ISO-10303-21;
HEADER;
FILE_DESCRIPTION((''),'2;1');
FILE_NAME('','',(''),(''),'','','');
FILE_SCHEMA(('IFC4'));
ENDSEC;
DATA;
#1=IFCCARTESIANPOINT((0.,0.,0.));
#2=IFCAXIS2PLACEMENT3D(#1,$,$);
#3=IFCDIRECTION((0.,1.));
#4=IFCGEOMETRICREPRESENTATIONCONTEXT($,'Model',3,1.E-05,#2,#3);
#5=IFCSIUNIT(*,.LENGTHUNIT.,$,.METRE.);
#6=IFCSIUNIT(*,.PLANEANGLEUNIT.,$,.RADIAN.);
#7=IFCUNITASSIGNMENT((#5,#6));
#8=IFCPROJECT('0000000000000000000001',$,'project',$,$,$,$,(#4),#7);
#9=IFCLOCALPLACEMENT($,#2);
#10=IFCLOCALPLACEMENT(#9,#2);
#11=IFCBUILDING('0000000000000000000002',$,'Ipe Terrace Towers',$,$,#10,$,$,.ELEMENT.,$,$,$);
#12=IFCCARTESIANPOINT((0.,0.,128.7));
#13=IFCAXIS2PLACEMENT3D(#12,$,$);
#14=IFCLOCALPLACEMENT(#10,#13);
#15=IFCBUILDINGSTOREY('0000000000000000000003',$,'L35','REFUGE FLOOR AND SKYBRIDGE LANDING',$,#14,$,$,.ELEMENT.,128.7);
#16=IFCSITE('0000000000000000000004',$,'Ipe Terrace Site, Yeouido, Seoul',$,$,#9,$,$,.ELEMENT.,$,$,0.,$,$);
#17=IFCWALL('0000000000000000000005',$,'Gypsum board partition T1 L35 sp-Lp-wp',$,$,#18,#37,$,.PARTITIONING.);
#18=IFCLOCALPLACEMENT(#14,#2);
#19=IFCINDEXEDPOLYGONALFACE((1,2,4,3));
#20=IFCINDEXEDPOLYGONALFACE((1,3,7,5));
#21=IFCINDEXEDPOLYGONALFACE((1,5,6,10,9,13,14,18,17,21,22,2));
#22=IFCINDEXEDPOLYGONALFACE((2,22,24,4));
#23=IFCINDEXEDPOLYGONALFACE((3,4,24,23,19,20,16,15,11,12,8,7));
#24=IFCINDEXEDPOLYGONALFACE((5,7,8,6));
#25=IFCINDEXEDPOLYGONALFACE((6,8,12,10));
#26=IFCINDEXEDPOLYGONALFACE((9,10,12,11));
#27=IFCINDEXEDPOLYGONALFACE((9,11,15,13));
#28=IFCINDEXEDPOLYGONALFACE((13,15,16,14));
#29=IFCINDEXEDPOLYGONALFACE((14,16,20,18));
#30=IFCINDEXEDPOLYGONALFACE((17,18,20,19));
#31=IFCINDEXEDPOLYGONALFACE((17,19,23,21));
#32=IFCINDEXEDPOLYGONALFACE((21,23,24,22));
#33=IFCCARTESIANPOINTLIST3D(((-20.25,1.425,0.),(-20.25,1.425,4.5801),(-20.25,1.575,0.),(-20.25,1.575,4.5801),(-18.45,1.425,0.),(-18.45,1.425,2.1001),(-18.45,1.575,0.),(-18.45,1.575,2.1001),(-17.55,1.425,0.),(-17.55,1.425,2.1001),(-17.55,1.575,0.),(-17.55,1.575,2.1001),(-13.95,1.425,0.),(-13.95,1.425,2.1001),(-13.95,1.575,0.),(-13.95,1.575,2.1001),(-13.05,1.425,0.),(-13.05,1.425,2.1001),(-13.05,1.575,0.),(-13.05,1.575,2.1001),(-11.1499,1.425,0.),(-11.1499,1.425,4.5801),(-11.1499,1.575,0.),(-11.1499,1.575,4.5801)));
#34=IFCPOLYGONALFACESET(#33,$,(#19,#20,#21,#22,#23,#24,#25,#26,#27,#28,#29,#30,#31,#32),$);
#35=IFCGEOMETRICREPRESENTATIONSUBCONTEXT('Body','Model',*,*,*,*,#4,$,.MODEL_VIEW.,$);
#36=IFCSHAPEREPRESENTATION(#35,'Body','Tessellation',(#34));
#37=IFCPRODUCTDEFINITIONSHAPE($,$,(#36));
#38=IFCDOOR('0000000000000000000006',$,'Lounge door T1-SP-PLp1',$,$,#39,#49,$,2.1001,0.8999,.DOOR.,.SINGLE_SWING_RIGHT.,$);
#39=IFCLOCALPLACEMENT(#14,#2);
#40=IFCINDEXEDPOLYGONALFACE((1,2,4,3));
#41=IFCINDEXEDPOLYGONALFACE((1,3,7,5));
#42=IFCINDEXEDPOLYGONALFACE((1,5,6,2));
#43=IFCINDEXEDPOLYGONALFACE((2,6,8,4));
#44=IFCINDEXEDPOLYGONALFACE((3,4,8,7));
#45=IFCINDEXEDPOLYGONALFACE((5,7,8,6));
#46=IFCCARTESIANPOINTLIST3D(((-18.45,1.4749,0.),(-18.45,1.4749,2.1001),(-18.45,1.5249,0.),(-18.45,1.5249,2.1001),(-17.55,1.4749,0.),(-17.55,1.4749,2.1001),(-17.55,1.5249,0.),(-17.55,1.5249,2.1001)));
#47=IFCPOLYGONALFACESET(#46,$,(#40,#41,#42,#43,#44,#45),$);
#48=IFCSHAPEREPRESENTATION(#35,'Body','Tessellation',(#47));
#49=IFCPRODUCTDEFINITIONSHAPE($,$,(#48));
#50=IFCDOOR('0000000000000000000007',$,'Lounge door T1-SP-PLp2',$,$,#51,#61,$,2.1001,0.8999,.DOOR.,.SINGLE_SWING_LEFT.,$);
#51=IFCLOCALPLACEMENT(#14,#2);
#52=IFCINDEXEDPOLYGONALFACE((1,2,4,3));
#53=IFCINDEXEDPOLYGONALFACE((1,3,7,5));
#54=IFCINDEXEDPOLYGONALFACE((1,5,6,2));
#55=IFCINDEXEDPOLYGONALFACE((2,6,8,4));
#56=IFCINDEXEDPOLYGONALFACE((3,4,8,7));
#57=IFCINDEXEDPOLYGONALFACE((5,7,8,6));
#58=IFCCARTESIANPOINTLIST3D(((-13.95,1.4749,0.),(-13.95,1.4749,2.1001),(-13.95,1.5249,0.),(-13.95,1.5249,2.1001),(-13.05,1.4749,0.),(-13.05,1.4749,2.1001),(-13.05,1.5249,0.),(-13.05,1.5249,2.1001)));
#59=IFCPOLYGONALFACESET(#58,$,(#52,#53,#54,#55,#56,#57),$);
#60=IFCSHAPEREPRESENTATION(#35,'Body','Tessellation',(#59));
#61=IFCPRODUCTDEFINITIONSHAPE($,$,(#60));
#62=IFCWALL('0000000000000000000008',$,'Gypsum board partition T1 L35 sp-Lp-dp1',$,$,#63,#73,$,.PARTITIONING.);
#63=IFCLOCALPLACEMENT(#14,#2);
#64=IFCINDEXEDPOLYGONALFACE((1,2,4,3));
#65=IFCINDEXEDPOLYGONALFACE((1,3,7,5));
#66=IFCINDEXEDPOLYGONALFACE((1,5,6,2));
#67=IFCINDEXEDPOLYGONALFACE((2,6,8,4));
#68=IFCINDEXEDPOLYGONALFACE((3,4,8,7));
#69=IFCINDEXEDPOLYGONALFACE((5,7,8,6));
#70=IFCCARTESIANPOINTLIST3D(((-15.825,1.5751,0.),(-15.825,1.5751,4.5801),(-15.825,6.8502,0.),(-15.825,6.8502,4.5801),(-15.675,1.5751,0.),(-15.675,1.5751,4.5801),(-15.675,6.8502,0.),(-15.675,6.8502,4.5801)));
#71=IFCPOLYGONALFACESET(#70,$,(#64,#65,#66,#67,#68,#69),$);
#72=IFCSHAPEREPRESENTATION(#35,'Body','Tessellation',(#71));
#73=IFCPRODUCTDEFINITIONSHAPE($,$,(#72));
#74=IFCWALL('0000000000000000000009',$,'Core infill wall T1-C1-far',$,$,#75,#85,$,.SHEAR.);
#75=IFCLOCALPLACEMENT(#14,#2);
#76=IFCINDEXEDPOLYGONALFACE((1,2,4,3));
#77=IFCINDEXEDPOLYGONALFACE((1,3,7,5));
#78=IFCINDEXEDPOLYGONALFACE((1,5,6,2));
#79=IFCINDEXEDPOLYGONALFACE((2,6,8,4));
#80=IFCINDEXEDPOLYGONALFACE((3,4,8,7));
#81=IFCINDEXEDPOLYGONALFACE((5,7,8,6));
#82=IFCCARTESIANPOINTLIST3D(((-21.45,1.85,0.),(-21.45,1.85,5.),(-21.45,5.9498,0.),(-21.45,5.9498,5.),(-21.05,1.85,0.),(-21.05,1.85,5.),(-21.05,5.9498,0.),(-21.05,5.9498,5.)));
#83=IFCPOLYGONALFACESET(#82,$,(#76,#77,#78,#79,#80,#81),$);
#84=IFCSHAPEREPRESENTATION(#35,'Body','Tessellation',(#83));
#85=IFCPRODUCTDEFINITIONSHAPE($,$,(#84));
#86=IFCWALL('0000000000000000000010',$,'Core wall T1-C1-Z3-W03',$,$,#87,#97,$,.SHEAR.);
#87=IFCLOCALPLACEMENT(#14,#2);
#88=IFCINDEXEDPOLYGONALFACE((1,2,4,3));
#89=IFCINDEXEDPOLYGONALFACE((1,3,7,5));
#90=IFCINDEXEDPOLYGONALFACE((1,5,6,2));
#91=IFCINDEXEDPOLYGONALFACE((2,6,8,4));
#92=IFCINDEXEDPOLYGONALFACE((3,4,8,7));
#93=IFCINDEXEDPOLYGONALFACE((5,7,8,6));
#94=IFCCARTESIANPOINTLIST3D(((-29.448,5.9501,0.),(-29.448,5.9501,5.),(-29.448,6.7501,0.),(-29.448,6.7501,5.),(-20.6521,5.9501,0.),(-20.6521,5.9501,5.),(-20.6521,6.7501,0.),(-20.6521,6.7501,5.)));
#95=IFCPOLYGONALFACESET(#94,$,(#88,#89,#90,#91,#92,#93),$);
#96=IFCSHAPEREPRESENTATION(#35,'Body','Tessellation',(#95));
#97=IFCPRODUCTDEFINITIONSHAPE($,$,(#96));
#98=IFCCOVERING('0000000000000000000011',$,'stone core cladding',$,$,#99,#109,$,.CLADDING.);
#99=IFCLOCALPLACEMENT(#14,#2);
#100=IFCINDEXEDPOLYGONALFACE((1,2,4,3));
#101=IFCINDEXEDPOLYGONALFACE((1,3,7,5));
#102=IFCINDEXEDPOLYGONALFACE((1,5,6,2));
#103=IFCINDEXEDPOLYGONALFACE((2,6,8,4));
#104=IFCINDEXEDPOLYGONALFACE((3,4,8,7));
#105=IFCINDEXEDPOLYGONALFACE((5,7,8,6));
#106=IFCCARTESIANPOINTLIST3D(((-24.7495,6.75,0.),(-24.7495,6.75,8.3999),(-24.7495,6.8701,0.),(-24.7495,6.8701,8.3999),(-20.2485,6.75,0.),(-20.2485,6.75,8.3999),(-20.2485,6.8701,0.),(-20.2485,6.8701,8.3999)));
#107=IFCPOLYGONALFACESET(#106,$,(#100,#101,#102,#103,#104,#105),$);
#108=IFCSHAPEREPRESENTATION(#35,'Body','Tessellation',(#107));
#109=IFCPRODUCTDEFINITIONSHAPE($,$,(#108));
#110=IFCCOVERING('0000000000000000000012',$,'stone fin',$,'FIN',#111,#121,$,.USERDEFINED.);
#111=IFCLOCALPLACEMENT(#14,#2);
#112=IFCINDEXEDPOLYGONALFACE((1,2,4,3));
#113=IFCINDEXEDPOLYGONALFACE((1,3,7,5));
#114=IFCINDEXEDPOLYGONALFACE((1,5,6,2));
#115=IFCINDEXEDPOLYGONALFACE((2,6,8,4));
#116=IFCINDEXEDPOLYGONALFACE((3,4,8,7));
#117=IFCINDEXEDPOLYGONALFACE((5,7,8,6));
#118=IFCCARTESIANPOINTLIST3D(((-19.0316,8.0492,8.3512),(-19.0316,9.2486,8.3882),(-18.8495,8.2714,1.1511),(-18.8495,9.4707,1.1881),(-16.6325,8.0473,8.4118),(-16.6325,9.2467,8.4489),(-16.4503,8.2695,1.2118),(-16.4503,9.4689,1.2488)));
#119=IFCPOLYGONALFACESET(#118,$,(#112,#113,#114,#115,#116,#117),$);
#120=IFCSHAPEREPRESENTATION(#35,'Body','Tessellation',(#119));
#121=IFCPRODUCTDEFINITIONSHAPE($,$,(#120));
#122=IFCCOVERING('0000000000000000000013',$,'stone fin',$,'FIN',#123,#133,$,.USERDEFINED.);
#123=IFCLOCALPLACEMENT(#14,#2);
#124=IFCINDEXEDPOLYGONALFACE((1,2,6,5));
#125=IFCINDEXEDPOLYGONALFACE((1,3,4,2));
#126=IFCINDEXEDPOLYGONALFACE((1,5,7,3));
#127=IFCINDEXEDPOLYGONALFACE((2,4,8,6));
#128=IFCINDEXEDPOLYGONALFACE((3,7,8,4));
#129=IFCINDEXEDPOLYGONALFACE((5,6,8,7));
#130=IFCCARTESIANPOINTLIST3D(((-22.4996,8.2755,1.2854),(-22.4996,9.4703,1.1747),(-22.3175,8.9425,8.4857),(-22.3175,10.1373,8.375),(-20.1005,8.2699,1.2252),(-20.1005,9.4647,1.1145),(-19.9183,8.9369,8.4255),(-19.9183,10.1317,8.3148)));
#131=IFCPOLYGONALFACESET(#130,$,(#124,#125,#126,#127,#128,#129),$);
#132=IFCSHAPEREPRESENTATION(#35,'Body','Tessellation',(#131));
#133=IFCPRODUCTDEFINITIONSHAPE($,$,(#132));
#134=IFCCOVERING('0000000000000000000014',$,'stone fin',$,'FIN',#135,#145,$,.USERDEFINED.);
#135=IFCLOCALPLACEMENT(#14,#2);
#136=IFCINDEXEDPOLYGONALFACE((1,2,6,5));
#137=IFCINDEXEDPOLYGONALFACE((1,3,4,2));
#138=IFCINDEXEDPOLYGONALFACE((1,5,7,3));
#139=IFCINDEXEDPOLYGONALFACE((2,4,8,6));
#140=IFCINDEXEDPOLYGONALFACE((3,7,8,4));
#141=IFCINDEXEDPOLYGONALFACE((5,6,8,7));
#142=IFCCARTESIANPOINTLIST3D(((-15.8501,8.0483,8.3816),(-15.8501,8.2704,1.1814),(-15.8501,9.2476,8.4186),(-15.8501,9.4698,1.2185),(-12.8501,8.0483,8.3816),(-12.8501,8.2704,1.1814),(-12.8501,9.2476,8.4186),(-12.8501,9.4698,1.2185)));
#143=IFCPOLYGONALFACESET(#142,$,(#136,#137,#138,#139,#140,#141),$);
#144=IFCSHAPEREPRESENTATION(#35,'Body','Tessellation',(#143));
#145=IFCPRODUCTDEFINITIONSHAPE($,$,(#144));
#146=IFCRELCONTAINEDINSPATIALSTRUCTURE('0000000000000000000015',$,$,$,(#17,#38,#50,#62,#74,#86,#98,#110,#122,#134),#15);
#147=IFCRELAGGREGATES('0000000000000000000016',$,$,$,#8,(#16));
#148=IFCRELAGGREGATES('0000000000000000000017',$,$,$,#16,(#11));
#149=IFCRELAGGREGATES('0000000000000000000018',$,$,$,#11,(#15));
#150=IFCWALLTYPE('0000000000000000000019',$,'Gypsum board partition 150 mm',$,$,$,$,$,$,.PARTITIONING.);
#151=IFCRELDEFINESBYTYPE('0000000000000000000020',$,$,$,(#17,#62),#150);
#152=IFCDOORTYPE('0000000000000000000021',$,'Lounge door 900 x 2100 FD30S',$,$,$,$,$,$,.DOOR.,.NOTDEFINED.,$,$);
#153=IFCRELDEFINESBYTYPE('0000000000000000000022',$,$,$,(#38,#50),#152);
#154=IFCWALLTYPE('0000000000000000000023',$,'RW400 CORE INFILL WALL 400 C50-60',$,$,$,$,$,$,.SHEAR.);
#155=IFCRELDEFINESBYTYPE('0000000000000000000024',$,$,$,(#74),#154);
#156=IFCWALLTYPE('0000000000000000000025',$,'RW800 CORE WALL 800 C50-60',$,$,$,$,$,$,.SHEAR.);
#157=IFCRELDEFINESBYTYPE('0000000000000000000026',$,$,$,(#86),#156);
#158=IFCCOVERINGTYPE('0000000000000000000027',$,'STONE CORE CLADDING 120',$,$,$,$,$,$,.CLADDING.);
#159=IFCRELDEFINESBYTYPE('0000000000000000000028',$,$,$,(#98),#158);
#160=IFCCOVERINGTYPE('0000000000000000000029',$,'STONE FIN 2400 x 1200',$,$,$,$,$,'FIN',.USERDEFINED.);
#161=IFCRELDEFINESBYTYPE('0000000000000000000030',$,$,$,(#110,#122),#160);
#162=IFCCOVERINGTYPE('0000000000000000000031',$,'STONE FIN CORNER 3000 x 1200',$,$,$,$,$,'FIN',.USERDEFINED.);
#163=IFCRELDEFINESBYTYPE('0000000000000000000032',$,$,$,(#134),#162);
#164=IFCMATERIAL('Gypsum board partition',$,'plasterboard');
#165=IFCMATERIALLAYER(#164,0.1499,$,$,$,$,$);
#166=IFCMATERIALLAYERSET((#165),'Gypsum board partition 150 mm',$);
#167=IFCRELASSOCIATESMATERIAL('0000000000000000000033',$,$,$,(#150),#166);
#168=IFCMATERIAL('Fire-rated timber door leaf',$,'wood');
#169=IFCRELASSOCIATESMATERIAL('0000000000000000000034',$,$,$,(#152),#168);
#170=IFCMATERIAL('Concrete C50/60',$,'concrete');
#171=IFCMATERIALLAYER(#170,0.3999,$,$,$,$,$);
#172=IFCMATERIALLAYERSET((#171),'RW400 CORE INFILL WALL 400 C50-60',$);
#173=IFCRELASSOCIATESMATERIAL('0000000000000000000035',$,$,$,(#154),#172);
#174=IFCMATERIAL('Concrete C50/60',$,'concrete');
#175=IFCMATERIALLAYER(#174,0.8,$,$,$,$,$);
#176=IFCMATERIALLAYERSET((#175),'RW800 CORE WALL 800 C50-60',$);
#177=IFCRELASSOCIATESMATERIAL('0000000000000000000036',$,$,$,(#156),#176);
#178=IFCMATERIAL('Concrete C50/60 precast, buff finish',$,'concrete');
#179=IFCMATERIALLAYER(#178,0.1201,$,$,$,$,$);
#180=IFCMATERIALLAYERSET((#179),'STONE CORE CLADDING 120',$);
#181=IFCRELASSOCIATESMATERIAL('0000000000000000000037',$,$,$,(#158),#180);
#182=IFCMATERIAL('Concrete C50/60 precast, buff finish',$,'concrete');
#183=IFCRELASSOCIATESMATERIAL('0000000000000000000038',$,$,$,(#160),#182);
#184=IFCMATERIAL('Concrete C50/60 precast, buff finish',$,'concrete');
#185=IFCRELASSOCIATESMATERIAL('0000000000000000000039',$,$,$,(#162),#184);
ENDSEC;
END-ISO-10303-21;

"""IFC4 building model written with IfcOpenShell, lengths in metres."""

from ifc_helpers import new_model, si_unit, direction, frame, frame_2d, origin, origin_2d, place, context, subcontext, project, spatial, rectangle, extrude, material, layer, layer_set, material_profile, profile_set, type_object, element, fill, save


model = new_model("IFC4")

# Units and contexts
model_context = context("Model", 3, precision=1e-05, world=origin(), true_north=direction((0.0, 1.0)))
body_context = subcontext(model_context, "Body", "Model", "MODEL_VIEW")
ifc_project = project(units=[si_unit("LENGTHUNIT", "METRE"), si_unit("PLANEANGLEUNIT", "RADIAN")], contexts=[model_context])

# Site, building, storey
site_placement = place(None, origin())
site = spatial("IfcSite", under=ifc_project, at=site_placement, Name="Ipe Terrace Site, Yeouido, Seoul", CompositionType="ELEMENT", RefElevation=0.0)
building_placement = place(site_placement, origin())
building = spatial("IfcBuilding", under=site, at=building_placement, Name="Ipe Terrace Towers", CompositionType="ELEMENT")
storey_placement = place(building_placement, frame((0.0, 0.0, 128.7)))
storey = spatial("IfcBuildingStorey", under=building, at=storey_placement, Name="L35", Description="REFUGE FLOOR AND SKYBRIDGE LANDING", CompositionType="ELEMENT", Elevation=128.7)

# Wall, openings, doors
ifc_material_1 = material(Name="Gypsum board partition", Category="plasterboard")
ifc_layer_1 = layer(ifc_material_1, 0.1499)
ifc_layer_set_1 = layer_set([ifc_layer_1], Name="Gypsum board partition 150 mm")
wall_type_1 = type_object("IfcWallType", Name="Gypsum board partition 150 mm", PredefinedType="PARTITIONING", material=ifc_layer_set_1)
wall_1_placement = place(storey_placement, frame((-20.25, 1.5, 0.0), z_axis=(0.0, 0.0, 1.0), x_axis=(1.0, 0.0, 0.0)))
wall_1 = element("IfcWall", 1, at=wall_1_placement, inside=storey, type_object=wall_type_1, Name="Gypsum board partition T1 L35 sp-Lp-wp", PredefinedType="PARTITIONING", context=body_context, shape_type="SweptSolid", body=[
    extrude(rectangle(XDim=9.1001, YDim=0.1499, at=frame_2d((4.55, 0.0))), origin(), (0.0, 0.0, 1.0), 4.5801),
])
opening_1_placement = place(wall_1_placement, frame((1.8, 0.0, 0.0)))
opening_1 = element("IfcOpeningElement", 2, at=opening_1_placement, cuts=wall_1, PredefinedType="OPENING", context=body_context, shape_type="SweptSolid", body=[
    extrude(rectangle(XDim=0.8999, YDim=2.1001, at=frame_2d((0.45, 1.05))), frame((0.0, 0.085, 0.0), z_axis=(0.0, -1.0, 0.0), x_axis=(1.0, 0.0, 0.0)), (0.0, 0.0, 1.0), 0.1699),
])
opening_2_placement = place(wall_1_placement, frame((6.3, 0.0, 0.0)))
opening_2 = element("IfcOpeningElement", 3, at=opening_2_placement, cuts=wall_1, PredefinedType="OPENING", context=body_context, shape_type="SweptSolid", body=[
    extrude(rectangle(XDim=0.8999, YDim=2.1001, at=frame_2d((0.45, 1.05))), frame((0.0, 0.085, 0.0), z_axis=(0.0, -1.0, 0.0), x_axis=(1.0, 0.0, 0.0)), (0.0, 0.0, 1.0), 0.1699),
])
ifc_material_2 = material(Name="Fire-rated timber door leaf", Category="wood")
door_type = type_object("IfcDoorType", Name="Lounge door 900 x 2100 FD30S", OperationType="NOTDEFINED", PredefinedType="DOOR", material=ifc_material_2)
door_1_placement = place(opening_1_placement, origin())
door_1 = element("IfcDoor", 4, at=door_1_placement, inside=storey, type_object=door_type, Name="Lounge door T1-SP-PLp1", OperationType="SINGLE_SWING_RIGHT", OverallHeight=2.1001, OverallWidth=0.8999, PredefinedType="DOOR", context=body_context, shape_type="SweptSolid", body=[
    extrude(rectangle(XDim=0.8999, YDim=2.1001, at=frame_2d((0.45, 1.05))), frame((0.0, 0.0249, 0.0), z_axis=(0.0, -1.0, 0.0), x_axis=(1.0, 0.0, 0.0)), (0.0, 0.0, 1.0), 0.05),
])
fill(opening_1, door_1)
door_2_placement = place(opening_2_placement, origin())
door_2 = element("IfcDoor", 5, at=door_2_placement, inside=storey, type_object=door_type, Name="Lounge door T1-SP-PLp2", OperationType="SINGLE_SWING_LEFT", OverallHeight=2.1001, OverallWidth=0.8999, PredefinedType="DOOR", context=body_context, shape_type="SweptSolid", body=[
    extrude(rectangle(XDim=0.8999, YDim=2.1001, at=frame_2d((0.45, 1.05))), frame((0.0, 0.0249, 0.0), z_axis=(0.0, -1.0, 0.0), x_axis=(1.0, 0.0, 0.0)), (0.0, 0.0, 1.0), 0.05),
])
fill(opening_2, door_2)

# Walls
wall_2_placement = place(storey_placement, frame((-15.75, 1.575, 0.0), z_axis=(0.0, 0.0, 1.0), x_axis=(0.0, 1.0, 0.0)))
element("IfcWall", 6, at=wall_2_placement, inside=storey, type_object=wall_type_1, Name="Gypsum board partition T1 L35 sp-Lp-dp1", PredefinedType="PARTITIONING", context=body_context, shape_type="SweptSolid", body=[
    extrude(rectangle(XDim=5.2751, YDim=0.1499, at=frame_2d((2.6377, 0.0))), origin(), (0.0, 0.0, 1.0), 4.5801),
])
ifc_material_3 = material(Name="Concrete C50/60", Category="concrete")
ifc_layer_2 = layer(ifc_material_3, 0.3999)
ifc_layer_set_2 = layer_set([ifc_layer_2], Name="RW400 CORE INFILL WALL 400 C50-60")
wall_type_2 = type_object("IfcWallType", Name="RW400 CORE INFILL WALL 400 C50-60", PredefinedType="SHEAR", material=ifc_layer_set_2)
wall_3_placement = place(storey_placement, frame((-21.25, 1.8501, 0.0), z_axis=(0.0, 0.0, 1.0), x_axis=(0.0, 1.0, 0.0)))
element("IfcWall", 7, at=wall_3_placement, inside=storey, type_object=wall_type_2, Name="Core infill wall T1-C1-far", PredefinedType="SHEAR", context=body_context, shape_type="SweptSolid", body=[
    extrude(rectangle(XDim=4.0999, YDim=0.3999, at=frame_2d((2.0498, 0.0))), origin(), (0.0, 0.0, 1.0), 5.0),
])
ifc_material_4 = material(Name="Concrete C50/60", Category="concrete")
ifc_layer_3 = layer(ifc_material_4, 0.8)
ifc_layer_set_3 = layer_set([ifc_layer_3], Name="RW800 CORE WALL 800 C50-60")
wall_type_3 = type_object("IfcWallType", Name="RW800 CORE WALL 800 C50-60", PredefinedType="SHEAR", material=ifc_layer_set_3)
wall_4_placement = place(storey_placement, frame((-20.6521, 6.3501, 0.0), z_axis=(0.0, 0.0, 1.0), x_axis=(-1.0, 0.0, 0.0)))
element("IfcWall", 8, at=wall_4_placement, inside=storey, type_object=wall_type_3, Name="Core wall T1-C1-Z3-W03", PredefinedType="SHEAR", context=body_context, shape_type="SweptSolid", body=[
    extrude(rectangle(XDim=8.7959, YDim=0.8, at=frame_2d((4.3979, 0.0))), origin(), (0.0, 0.0, 1.0), 5.0),
])

# Coverings
ifc_material_5 = material(Name="Concrete C50/60 precast, buff finish", Category="concrete")
ifc_layer_4 = layer(ifc_material_5, 0.1201)
ifc_layer_set_4 = layer_set([ifc_layer_4], Name="STONE CORE CLADDING 120")
covering_type_1 = type_object("IfcCoveringType", Name="STONE CORE CLADDING 120", PredefinedType="CLADDING", material=ifc_layer_set_4)
covering_1_placement = place(storey_placement, frame((-22.499, 6.8101, 0.0), z_axis=(0.0, 0.0, 1.0), x_axis=(-1.0, 0.0, 0.0)))
element("IfcCovering", 9, at=covering_1_placement, inside=storey, type_object=covering_type_1, Name="stone core cladding", PredefinedType="CLADDING", context=body_context, shape_type="SweptSolid", body=[
    extrude(rectangle(XDim=4.501, YDim=0.1201, at=origin_2d()), origin(), (0.0, 0.0, 1.0), 8.3999),
])
ifc_material_6 = material(Name="Concrete C50/60 precast, buff finish", Category="concrete")
ifc_material_profile_1 = material_profile(ifc_material_6, rectangle(XDim=2.3999, YDim=1.2, at=origin_2d()), Name="STONE FIN 2400 x 1200")
ifc_profile_set_1 = profile_set([ifc_material_profile_1], Name="Concrete C50/60 precast, buff finish")
covering_type_2 = type_object("IfcCoveringType", Name="STONE FIN 2400 x 1200", ElementType="FIN", PredefinedType="USERDEFINED", material=ifc_profile_set_1)
covering_2_placement = place(storey_placement, frame((-17.6499, 8.8701, 1.2), z_axis=(-0.025275, -0.030831, 0.999205), x_axis=(-0.999681, 0.00078, -0.025263)))
element("IfcCovering", 10, at=covering_2_placement, inside=storey, type_object=covering_type_2, Name="stone fin", ObjectType="FIN", PredefinedType="USERDEFINED", context=body_context, shape_type="SweptSolid", body=[
    extrude(rectangle(XDim=2.3999, YDim=1.2, at=origin_2d()), origin(), (0.0, 0.0, 1.0), 7.2058),
])
covering_3_placement = place(storey_placement, frame((-21.3, 8.8701, 1.2), z_axis=(0.025179, 0.092211, 0.995421), x_axis=(-0.999683, 0.002323, 0.025072)))
element("IfcCovering", 11, at=covering_3_placement, inside=storey, type_object=covering_type_2, Name="stone fin", ObjectType="FIN", PredefinedType="USERDEFINED", context=body_context, shape_type="SweptSolid", body=[
    extrude(rectangle(XDim=2.3999, YDim=1.2, at=origin_2d()), origin(), (0.0, 0.0, 1.0), 7.2334),
])
ifc_material_7 = material(Name="Concrete C50/60 precast, buff finish", Category="concrete")
ifc_material_profile_2 = material_profile(ifc_material_7, rectangle(XDim=3.0, YDim=1.2, at=origin_2d()), Name="STONE FIN CORNER 3000 x 1200")
ifc_profile_set_2 = profile_set([ifc_material_profile_2], Name="Concrete C50/60 precast, buff finish")
covering_type_3 = type_object("IfcCoveringType", Name="STONE FIN CORNER 3000 x 1200", ElementType="FIN", PredefinedType="USERDEFINED", material=ifc_profile_set_2)
covering_4_placement = place(storey_placement, frame((-14.3501, 8.8701, 1.2), z_axis=(0.0, -0.030841, 0.999524), x_axis=(-1.0, 0.0, 0.0)))
element("IfcCovering", 12, at=covering_4_placement, inside=storey, type_object=covering_type_3, Name="stone fin", ObjectType="FIN", PredefinedType="USERDEFINED", context=body_context, shape_type="SweptSolid", body=[
    extrude(rectangle(XDim=3.0, YDim=1.2, at=origin_2d()), origin(), (0.0, 0.0, 1.0), 7.2036),
])

save(model, "model.ifc")
